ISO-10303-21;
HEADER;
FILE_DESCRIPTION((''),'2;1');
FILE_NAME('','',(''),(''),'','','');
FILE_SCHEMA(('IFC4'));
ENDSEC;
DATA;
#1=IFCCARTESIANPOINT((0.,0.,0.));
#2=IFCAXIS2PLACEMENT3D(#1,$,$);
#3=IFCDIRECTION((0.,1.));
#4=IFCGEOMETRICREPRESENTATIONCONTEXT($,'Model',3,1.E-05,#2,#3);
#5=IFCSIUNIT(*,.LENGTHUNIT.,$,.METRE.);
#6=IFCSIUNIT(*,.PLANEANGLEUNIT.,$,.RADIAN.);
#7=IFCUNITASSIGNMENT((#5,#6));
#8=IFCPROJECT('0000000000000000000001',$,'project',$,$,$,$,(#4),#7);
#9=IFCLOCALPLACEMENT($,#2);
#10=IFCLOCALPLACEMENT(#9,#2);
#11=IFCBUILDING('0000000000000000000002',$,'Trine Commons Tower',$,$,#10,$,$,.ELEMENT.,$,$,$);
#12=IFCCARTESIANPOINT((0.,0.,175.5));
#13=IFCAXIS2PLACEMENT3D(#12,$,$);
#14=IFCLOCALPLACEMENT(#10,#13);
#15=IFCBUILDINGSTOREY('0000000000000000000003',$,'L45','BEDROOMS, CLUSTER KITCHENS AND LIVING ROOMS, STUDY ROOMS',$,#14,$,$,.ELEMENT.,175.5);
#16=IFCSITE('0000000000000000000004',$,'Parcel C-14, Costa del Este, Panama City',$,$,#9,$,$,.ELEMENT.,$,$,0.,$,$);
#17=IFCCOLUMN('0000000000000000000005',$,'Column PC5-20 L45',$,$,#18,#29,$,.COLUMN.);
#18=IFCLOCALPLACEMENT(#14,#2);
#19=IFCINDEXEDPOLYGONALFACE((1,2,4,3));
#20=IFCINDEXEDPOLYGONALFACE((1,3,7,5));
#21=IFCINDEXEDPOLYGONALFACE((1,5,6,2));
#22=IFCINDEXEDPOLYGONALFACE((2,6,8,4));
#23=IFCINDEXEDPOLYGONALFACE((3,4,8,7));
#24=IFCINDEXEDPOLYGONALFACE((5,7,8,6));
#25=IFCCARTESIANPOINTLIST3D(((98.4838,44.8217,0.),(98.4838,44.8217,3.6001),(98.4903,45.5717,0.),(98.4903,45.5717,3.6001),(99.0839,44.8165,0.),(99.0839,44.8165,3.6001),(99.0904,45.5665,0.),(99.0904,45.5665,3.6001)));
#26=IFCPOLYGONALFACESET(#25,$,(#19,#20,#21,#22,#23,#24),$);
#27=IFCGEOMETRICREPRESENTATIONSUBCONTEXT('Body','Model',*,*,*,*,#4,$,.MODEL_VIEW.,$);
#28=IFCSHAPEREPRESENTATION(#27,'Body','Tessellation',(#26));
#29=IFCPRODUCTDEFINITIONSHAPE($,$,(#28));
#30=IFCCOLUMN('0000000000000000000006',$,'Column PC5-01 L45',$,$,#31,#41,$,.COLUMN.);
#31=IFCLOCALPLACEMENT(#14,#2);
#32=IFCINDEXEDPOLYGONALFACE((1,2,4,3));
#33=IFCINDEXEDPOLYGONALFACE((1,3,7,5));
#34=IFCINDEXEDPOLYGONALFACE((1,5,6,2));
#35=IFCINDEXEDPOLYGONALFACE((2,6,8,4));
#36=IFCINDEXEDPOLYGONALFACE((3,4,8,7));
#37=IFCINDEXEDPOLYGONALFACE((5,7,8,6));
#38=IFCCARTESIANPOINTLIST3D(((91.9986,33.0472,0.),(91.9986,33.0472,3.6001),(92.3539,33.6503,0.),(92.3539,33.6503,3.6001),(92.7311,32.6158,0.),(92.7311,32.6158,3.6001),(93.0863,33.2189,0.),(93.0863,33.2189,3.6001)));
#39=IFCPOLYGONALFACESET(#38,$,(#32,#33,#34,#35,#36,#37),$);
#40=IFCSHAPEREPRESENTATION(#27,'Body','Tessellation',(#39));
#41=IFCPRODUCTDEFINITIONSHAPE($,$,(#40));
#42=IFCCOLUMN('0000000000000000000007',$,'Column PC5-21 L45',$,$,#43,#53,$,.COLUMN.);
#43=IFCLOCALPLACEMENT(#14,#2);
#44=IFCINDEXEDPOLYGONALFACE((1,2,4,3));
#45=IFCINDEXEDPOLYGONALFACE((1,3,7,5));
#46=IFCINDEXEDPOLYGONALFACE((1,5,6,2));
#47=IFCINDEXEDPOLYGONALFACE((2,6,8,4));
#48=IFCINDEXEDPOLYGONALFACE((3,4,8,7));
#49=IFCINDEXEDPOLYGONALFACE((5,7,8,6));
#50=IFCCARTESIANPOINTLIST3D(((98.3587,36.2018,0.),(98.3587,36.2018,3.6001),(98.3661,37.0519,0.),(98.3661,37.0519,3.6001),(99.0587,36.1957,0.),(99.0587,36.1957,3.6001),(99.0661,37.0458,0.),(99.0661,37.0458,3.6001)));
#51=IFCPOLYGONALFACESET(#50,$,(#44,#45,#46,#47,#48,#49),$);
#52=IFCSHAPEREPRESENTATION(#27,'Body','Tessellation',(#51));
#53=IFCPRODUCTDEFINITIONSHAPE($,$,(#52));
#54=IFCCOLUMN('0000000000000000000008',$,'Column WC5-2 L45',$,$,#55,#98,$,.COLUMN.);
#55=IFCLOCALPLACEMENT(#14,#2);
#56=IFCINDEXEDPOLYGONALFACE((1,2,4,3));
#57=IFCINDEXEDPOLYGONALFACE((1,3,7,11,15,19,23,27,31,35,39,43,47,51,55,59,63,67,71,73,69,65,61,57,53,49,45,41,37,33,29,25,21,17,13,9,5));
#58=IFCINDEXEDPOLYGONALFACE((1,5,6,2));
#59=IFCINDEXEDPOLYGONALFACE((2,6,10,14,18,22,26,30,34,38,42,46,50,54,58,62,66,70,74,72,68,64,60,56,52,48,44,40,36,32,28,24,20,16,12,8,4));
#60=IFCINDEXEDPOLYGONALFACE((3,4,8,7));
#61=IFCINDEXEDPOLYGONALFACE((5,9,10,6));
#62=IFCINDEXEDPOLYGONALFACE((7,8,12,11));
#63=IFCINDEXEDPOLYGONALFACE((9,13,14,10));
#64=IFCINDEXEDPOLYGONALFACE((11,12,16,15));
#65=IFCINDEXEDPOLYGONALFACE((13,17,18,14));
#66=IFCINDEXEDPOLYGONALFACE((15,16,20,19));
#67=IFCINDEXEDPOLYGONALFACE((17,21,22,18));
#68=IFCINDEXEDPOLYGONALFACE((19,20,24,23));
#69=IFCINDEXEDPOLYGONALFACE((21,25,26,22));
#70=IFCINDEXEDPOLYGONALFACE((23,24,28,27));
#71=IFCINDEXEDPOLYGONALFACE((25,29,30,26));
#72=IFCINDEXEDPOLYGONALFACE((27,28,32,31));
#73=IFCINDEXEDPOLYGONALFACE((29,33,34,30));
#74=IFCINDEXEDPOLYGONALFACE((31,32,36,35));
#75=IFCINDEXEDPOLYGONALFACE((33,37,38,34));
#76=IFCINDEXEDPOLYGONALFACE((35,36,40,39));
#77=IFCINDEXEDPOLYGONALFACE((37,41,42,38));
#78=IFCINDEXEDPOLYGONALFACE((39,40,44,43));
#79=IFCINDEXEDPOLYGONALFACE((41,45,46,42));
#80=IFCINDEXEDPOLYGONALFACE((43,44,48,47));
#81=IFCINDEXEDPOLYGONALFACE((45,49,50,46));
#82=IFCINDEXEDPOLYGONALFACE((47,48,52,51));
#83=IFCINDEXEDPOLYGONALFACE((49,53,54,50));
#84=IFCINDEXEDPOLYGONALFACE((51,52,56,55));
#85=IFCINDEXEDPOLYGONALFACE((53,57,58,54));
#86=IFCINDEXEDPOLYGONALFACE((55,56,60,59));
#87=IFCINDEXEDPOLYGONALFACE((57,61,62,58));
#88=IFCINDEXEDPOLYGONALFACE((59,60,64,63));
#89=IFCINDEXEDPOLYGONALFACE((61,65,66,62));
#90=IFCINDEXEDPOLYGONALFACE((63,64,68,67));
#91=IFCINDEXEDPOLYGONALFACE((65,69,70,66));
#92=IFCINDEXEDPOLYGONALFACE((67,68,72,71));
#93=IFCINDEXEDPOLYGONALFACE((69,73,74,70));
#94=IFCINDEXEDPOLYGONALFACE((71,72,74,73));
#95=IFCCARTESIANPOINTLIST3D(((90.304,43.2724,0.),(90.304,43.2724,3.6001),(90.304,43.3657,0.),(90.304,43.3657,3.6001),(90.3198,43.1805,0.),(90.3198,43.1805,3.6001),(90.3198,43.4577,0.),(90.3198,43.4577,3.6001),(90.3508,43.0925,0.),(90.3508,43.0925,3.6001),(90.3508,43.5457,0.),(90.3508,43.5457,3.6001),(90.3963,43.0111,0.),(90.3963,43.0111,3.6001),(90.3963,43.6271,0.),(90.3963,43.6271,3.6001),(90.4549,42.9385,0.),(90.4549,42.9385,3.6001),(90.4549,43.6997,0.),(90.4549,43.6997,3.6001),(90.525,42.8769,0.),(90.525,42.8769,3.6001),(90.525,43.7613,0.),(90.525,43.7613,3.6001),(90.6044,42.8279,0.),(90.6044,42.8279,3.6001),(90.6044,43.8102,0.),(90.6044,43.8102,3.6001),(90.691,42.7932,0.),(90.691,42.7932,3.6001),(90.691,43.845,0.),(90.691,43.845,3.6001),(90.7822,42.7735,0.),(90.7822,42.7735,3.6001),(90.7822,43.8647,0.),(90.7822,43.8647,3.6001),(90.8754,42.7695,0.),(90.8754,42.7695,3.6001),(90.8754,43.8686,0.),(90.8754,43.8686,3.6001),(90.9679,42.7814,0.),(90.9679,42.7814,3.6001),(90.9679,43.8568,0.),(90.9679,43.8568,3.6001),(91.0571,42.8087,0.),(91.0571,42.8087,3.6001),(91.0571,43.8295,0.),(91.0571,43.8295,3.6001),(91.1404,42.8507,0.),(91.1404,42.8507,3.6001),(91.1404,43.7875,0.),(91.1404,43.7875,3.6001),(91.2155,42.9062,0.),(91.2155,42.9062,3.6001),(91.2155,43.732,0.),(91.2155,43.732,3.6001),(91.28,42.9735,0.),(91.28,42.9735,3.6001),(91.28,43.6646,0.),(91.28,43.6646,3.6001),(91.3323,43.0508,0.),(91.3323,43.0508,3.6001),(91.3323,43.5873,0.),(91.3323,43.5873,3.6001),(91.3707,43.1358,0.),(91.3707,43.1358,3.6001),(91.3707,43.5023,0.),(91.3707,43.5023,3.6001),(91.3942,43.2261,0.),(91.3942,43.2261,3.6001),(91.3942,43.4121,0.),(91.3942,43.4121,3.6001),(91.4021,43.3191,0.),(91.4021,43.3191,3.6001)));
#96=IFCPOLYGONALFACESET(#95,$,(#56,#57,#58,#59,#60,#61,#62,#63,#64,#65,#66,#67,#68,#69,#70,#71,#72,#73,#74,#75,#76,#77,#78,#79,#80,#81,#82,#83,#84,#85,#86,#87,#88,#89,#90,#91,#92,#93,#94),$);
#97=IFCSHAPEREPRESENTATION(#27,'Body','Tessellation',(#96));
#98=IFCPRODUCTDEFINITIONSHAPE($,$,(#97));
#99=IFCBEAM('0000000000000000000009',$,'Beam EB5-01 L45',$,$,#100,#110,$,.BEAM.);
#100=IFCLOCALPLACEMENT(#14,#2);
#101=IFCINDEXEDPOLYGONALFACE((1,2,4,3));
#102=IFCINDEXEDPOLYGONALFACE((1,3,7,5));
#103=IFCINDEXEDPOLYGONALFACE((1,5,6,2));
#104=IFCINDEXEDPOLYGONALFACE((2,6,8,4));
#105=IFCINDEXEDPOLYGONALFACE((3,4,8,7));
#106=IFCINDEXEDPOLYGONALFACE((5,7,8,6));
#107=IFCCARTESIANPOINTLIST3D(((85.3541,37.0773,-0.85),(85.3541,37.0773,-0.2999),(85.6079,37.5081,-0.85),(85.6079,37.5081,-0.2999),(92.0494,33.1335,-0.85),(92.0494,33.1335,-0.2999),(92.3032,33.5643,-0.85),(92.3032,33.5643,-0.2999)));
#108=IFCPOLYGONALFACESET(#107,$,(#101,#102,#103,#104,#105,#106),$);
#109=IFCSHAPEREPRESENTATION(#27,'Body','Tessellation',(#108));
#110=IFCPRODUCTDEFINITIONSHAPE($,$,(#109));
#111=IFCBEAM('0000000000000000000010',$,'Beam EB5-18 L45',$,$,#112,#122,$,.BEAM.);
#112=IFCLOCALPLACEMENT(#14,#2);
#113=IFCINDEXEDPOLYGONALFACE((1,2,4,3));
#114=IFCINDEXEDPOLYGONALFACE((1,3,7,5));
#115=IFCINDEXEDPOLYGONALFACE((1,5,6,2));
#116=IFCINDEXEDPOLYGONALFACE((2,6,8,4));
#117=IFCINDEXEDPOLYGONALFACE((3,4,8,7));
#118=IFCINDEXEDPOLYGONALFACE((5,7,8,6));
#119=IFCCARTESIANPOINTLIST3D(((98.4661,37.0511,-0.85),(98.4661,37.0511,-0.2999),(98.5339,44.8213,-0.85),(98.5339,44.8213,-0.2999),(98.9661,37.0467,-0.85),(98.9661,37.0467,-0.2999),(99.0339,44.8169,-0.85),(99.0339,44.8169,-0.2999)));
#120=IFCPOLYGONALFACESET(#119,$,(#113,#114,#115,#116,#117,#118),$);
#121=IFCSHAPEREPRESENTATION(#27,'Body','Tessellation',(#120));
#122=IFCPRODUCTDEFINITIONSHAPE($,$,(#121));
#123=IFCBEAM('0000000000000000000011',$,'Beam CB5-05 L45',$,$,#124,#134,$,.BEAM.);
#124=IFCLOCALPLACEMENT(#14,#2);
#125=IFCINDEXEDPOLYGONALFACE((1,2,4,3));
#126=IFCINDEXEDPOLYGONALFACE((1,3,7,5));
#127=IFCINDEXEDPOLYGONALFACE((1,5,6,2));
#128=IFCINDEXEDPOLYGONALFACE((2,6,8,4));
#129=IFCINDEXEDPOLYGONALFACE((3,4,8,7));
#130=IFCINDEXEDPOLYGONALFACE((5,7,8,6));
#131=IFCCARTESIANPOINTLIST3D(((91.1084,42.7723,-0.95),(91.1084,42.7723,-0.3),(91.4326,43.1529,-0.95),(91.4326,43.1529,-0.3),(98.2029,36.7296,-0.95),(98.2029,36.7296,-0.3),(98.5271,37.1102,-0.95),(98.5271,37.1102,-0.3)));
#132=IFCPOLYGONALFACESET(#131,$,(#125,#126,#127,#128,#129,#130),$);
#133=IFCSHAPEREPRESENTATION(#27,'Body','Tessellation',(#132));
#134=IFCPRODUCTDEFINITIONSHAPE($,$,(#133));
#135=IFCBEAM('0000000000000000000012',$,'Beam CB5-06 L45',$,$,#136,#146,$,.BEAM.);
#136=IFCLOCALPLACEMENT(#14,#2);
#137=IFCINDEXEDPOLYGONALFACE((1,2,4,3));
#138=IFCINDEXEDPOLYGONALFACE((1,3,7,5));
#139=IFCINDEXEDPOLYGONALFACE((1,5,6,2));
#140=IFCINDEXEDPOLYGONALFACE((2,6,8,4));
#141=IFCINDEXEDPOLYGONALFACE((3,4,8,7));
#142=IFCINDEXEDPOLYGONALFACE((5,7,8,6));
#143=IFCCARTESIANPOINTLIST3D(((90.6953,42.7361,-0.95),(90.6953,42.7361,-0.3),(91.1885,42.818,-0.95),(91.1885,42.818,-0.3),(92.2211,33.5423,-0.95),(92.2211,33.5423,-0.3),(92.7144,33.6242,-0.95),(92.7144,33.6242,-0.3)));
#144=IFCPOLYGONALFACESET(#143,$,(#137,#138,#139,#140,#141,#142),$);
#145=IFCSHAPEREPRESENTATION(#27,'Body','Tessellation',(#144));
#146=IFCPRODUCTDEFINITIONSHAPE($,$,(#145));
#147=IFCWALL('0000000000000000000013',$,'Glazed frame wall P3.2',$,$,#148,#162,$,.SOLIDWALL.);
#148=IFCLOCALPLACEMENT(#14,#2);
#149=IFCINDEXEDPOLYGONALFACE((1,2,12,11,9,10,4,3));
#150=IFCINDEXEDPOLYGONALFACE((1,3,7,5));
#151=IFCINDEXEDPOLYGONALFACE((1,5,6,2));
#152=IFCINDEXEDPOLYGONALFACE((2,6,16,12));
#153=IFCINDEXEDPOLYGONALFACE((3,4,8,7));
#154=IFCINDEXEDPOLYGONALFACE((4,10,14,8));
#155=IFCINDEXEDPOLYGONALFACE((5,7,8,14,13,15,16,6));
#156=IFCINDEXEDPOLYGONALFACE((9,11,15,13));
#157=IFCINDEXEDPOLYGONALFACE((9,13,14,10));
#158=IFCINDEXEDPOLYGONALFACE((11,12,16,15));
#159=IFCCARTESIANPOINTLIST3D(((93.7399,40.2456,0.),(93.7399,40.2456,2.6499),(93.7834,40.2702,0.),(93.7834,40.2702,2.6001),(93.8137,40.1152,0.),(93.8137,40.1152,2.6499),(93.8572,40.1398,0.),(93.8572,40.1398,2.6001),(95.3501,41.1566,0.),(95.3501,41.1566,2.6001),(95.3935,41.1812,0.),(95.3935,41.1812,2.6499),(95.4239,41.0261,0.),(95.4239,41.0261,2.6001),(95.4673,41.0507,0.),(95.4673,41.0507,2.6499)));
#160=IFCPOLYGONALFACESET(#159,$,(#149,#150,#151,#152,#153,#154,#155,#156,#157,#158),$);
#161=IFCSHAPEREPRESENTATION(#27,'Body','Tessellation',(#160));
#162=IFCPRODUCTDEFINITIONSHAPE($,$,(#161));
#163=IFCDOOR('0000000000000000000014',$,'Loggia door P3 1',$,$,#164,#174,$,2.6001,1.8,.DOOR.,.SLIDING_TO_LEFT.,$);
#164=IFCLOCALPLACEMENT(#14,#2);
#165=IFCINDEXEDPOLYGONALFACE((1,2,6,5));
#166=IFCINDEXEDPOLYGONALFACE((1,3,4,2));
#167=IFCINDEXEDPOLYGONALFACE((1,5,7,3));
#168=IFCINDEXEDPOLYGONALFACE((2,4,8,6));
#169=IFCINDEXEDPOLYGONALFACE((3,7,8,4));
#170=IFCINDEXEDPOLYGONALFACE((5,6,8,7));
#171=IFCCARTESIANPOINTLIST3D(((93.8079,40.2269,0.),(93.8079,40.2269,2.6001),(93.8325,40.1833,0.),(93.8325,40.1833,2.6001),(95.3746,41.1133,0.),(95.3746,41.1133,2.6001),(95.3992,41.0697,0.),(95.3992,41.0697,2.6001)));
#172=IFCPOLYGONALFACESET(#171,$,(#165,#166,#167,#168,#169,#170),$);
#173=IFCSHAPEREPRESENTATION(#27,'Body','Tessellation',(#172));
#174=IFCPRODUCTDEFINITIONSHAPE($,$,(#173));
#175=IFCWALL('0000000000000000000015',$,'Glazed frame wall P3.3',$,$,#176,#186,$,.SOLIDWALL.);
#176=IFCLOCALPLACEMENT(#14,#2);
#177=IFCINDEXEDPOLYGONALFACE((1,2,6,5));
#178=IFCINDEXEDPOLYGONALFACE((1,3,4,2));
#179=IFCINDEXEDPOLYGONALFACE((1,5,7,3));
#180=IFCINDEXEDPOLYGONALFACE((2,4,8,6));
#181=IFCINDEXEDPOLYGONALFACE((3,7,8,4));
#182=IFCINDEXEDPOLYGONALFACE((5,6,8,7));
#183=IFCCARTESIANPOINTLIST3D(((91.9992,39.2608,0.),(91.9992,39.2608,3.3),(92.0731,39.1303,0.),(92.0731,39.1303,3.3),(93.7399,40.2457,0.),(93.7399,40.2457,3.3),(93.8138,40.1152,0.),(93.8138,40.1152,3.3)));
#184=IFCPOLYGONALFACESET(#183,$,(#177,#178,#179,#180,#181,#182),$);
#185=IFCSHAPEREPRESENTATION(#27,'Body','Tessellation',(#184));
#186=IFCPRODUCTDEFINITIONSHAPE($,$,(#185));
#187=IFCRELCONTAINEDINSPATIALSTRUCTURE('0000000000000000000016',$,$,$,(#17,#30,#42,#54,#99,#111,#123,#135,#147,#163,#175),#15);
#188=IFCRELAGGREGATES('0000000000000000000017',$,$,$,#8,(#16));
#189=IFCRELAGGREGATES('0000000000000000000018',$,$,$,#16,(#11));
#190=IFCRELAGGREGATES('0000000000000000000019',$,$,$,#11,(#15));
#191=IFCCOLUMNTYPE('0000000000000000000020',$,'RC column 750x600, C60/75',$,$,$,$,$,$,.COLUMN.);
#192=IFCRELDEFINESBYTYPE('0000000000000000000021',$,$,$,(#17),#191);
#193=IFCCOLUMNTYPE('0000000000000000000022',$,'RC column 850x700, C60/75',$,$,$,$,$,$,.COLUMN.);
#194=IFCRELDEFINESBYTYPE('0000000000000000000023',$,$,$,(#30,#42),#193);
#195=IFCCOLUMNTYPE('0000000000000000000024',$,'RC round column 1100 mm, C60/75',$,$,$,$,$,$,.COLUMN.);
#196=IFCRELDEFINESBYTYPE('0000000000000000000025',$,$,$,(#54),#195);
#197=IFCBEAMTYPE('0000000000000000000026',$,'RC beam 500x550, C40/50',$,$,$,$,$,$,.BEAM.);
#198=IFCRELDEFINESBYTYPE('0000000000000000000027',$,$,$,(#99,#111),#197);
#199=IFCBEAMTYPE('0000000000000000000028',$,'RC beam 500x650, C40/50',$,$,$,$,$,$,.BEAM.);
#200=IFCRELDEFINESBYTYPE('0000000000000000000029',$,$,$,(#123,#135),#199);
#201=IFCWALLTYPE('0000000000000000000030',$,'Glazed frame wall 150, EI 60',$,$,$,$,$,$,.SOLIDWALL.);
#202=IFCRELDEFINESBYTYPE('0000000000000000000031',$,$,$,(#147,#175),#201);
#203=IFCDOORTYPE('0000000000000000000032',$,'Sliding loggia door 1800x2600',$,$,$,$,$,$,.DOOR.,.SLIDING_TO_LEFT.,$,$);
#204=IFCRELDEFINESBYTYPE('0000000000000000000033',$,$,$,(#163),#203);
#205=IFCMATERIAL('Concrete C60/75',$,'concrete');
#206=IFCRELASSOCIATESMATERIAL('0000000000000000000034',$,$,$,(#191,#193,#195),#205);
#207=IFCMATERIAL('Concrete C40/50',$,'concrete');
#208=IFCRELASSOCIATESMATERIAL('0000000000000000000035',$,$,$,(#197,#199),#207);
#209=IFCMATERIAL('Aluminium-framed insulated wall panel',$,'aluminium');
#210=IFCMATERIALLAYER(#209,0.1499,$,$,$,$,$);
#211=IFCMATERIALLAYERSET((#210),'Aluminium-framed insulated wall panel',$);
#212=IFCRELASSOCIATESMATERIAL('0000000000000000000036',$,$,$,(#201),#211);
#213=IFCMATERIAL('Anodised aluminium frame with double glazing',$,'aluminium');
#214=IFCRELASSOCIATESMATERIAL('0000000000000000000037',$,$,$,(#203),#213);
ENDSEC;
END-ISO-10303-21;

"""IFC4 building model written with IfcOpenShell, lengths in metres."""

from ifc_helpers import new_model, si_unit, direction, frame, frame_2d, origin, origin_2d, place, context, subcontext, project, spatial, polyline, rectangle, circle, outline, extrude, material, layer, layer_set, material_profile, profile_set, type_object, element, fill, save


model = new_model("IFC4")

# Units and contexts
model_context = context("Model", 3, precision=1e-05, world=origin(), true_north=direction((0.0, 1.0)))
body_context = subcontext(model_context, "Body", "Model", "MODEL_VIEW")
ifc_project = project(units=[si_unit("LENGTHUNIT", "METRE"), si_unit("PLANEANGLEUNIT", "RADIAN")], contexts=[model_context])

# Site, building, storey
site_placement = place(None, origin())
site = spatial("IfcSite", under=ifc_project, at=site_placement, Name="Parcel C-14, Costa del Este, Panama City", CompositionType="ELEMENT", RefElevation=0.0)
building_placement = place(site_placement, origin())
building = spatial("IfcBuilding", under=site, at=building_placement, Name="Trine Commons Tower", CompositionType="ELEMENT")
storey_placement = place(building_placement, frame((0.0, 0.0, 175.5)))
storey = spatial("IfcBuildingStorey", under=building, at=storey_placement, Name="L45", Description="BEDROOMS, CLUSTER KITCHENS AND LIVING ROOMS, STUDY ROOMS", CompositionType="ELEMENT", Elevation=175.5)

# Columns
ifc_material_1 = material(Name="Concrete C60/75", Category="concrete")
ifc_material_profile_1 = material_profile(ifc_material_1, rectangle(XDim=0.75, YDim=0.6001, at=origin_2d()), Name="RC 750x600")
ifc_profile_set_1 = profile_set([ifc_material_profile_1], Name="Concrete C60/75")
column_type_1 = type_object("IfcColumnType", Name="RC column 750x600, C60/75", PredefinedType="COLUMN", material=ifc_profile_set_1)
column_1_placement = place(storey_placement, frame((98.7871, 45.1941, 0.0), z_axis=(0.0, 0.0, 1.0), x_axis=(0.008727, 0.999962, 0.0)))
element("IfcColumn", 1, at=column_1_placement, inside=storey, type_object=column_type_1, Name="Column PC5-20 L45", PredefinedType="COLUMN", context=body_context, shape_type="SweptSolid", body=[
    extrude(rectangle(XDim=0.75, YDim=0.6001, at=origin_2d()), origin(), (0.0, 0.0, 1.0), 3.6001),
])
ifc_material_profile_2 = material_profile(ifc_material_1, rectangle(XDim=0.8501, YDim=0.7, at=origin_2d()), Name="RC 850x700")
ifc_profile_set_2 = profile_set([ifc_material_profile_2], Name="Concrete C60/75")
column_type_2 = type_object("IfcColumnType", Name="RC column 850x700, C60/75", PredefinedType="COLUMN", material=ifc_profile_set_2)
for number, where, z_axis, x_axis, name in (
    (2, (92.5425, 33.1331, 0.0), (0.0, 0.0, 1.0), (-0.861629, 0.507538, 0.0), "Column PC5-01 L45"),
    (3, (98.7124, 36.6238, 0.0), (0.0, 0.0, 1.0), (0.008727, 0.999962, 0.0), "Column PC5-21 L45"),
):
    element("IfcColumn", number, at=place(storey_placement, frame(where, z_axis=z_axis, x_axis=x_axis)), inside=storey, type_object=column_type_2, Name=name, PredefinedType="COLUMN", context=body_context, shape_type="SweptSolid", body=[
        extrude(rectangle(XDim=0.8501, YDim=0.7, at=origin_2d()), origin(), (0.0, 0.0, 1.0), 3.6001),
    ])
ifc_material_profile_3 = material_profile(ifc_material_1, circle(Radius=0.55, at=origin_2d()), Name="RC round 1100")
ifc_profile_set_3 = profile_set([ifc_material_profile_3], Name="Concrete C60/75")
column_type_3 = type_object("IfcColumnType", Name="RC round column 1100 mm, C60/75", PredefinedType="COLUMN", material=ifc_profile_set_3)
column_2_placement = place(storey_placement, frame((90.8521, 43.3191, 0.0), z_axis=(0.0, 0.0, 1.0), x_axis=(1.0, 0.0, 0.0)))
element("IfcColumn", 4, at=column_2_placement, inside=storey, type_object=column_type_3, Name="Column WC5-2 L45", PredefinedType="COLUMN", context=body_context, shape_type="SweptSolid", body=[
    extrude(circle(Radius=0.55, at=origin_2d()), origin(), (0.0, 0.0, 1.0), 3.6001),
])

# Beams
ifc_material_2 = material(Name="Concrete C40/50", Category="concrete")
ifc_material_profile_4 = material_profile(ifc_material_2, rectangle(XDim=0.5, YDim=0.55, at=origin_2d()), Name="RC 500x550")
ifc_profile_set_4 = profile_set([ifc_material_profile_4], Name="Concrete C40/50")
beam_type_1 = type_object("IfcBeamType", Name="RC beam 500x550, C40/50", PredefinedType="BEAM", material=ifc_profile_set_4)
for number, where, z_axis, x_axis, name in (
    (5, (92.1763, 33.3489, -0.575), (-0.861629, 0.507539, 0.0), (-0.507539, -0.861629, 0.0), "Beam EB5-01 L45"),
    (6, (98.7839, 44.8191, -0.575), (-0.008734, -0.999962, 0.0), (0.999962, -0.008734, 0.0), "Beam EB5-18 L45"),
):
    element("IfcBeam", number, at=place(storey_placement, frame(where, z_axis=z_axis, x_axis=x_axis)), inside=storey, type_object=beam_type_1, Name=name, PredefinedType="BEAM", context=body_context, shape_type="SweptSolid", body=[
        extrude(rectangle(XDim=0.5, YDim=0.55, at=origin_2d()), origin(), (0.0, 0.0, 1.0), 7.7705),
    ])
ifc_material_profile_5 = material_profile(ifc_material_2, rectangle(XDim=0.5, YDim=0.6499, at=origin_2d()), Name="RC 500x650")
ifc_profile_set_5 = profile_set([ifc_material_profile_5], Name="Concrete C40/50")
beam_type_2 = type_object("IfcBeamType", Name="RC beam 500x650, C40/50", PredefinedType="BEAM", material=ifc_profile_set_5)
beam_1_placement = place(storey_placement, frame((98.365, 36.9199, -0.625), z_axis=(-0.761282, 0.648421, 0.0), x_axis=(-0.648421, -0.761282, 0.0)))
element("IfcBeam", 7, at=beam_1_placement, inside=storey, type_object=beam_type_2, Name="Beam CB5-05 L45", PredefinedType="BEAM", context=body_context, shape_type="SweptSolid", body=[
    extrude(rectangle(XDim=0.5, YDim=0.6499, at=origin_2d()), origin(), (0.0, 0.0, 1.0), 9.3191),
])
beam_2_placement = place(storey_placement, frame((92.4678, 33.5833, -0.625), z_axis=(-0.163728, 0.986506, 0.0), x_axis=(-0.986506, -0.163728, 0.0)))
element("IfcBeam", 8, at=beam_2_placement, inside=storey, type_object=beam_type_2, Name="Beam CB5-06 L45", PredefinedType="BEAM", context=body_context, shape_type="SweptSolid", body=[
    extrude(rectangle(XDim=0.5, YDim=0.6499, at=origin_2d()), origin(), (0.0, 0.0, 1.0), 9.3196),
])

# Shared definitions
ifc_material_3 = material(Name="Aluminium-framed insulated wall panel", Category="aluminium")
ifc_layer_1 = layer(ifc_material_3, 0.1499)
ifc_layer_set_1 = layer_set([ifc_layer_1], Name="Aluminium-framed insulated wall panel")
wall_type_1 = type_object("IfcWallType", Name="Glazed frame wall 150, EI 60", PredefinedType="SOLIDWALL", material=ifc_layer_set_1)

# Wall, opening, door
wall_1_placement = place(storey_placement, frame((95.4304, 41.116, 0.0), z_axis=(0.0, 0.0, 1.0), x_axis=(-0.870355, -0.492426, 0.0)))
wall_1 = element("IfcWall", 9, at=wall_1_placement, inside=storey, type_object=wall_type_1, Name="Glazed frame wall P3.2", PredefinedType="SOLIDWALL", context=body_context, shape_type="SweptSolid", body=[
    extrude(outline(polyline([(0.0, -0.075), (1.8999, -0.075), (1.8999, 0.075), (0.0, 0.075), (0.0, -0.075)])), origin(), (0.0, 0.0, 1.0), 2.6499),
])
opening_1_placement = place(wall_1_placement, frame((0.05, 0.0, 0.0)))
opening_1 = element("IfcOpeningElement", 10, at=opening_1_placement, cuts=wall_1, PredefinedType="OPENING", context=body_context, shape_type="SweptSolid", body=[
    extrude(rectangle(XDim=1.8, YDim=2.6001, at=frame_2d((0.8999, 1.3))), frame((0.0, 0.085, 0.0), z_axis=(0.0, -1.0, 0.0), x_axis=(1.0, 0.0, 0.0)), (0.0, 0.0, 1.0), 0.1699),
])
ifc_material_4 = material(Name="Anodised aluminium frame with double glazing", Category="aluminium")
door_type_1 = type_object("IfcDoorType", Name="Sliding loggia door 1800x2600", OperationType="SLIDING_TO_LEFT", PredefinedType="DOOR", material=ifc_material_4)
door_1_placement = place(opening_1_placement, origin())
door_1 = element("IfcDoor", 11, at=door_1_placement, inside=storey, type_object=door_type_1, Name="Loggia door P3 1", OperationType="SLIDING_TO_LEFT", OverallHeight=2.6001, OverallWidth=1.8, PredefinedType="DOOR", context=body_context, shape_type="SweptSolid", body=[
    extrude(rectangle(XDim=1.8, YDim=2.6001, at=frame_2d((0.8999, 1.3))), frame((0.0, 0.0249, 0.0), z_axis=(0.0, -1.0, 0.0), x_axis=(1.0, 0.0, 0.0)), (0.0, 0.0, 1.0), 0.05),
])
fill(opening_1, door_1)

# Wall
wall_2_placement = place(storey_placement, frame((93.7769, 40.1804, 0.0), z_axis=(0.0, 0.0, 1.0), x_axis=(-0.870354, -0.492427, 0.0)))
element("IfcWall", 12, at=wall_2_placement, inside=storey, type_object=wall_type_1, Name="Glazed frame wall P3.3", PredefinedType="SOLIDWALL", context=body_context, shape_type="SweptSolid", body=[
    extrude(outline(polyline([(0.0, -0.075), (2.0, -0.075), (2.0, 0.075), (0.0, 0.075), (0.0, -0.075)])), origin(), (0.0, 0.0, 1.0), 3.3),
])

save(model, "model.ifc")
